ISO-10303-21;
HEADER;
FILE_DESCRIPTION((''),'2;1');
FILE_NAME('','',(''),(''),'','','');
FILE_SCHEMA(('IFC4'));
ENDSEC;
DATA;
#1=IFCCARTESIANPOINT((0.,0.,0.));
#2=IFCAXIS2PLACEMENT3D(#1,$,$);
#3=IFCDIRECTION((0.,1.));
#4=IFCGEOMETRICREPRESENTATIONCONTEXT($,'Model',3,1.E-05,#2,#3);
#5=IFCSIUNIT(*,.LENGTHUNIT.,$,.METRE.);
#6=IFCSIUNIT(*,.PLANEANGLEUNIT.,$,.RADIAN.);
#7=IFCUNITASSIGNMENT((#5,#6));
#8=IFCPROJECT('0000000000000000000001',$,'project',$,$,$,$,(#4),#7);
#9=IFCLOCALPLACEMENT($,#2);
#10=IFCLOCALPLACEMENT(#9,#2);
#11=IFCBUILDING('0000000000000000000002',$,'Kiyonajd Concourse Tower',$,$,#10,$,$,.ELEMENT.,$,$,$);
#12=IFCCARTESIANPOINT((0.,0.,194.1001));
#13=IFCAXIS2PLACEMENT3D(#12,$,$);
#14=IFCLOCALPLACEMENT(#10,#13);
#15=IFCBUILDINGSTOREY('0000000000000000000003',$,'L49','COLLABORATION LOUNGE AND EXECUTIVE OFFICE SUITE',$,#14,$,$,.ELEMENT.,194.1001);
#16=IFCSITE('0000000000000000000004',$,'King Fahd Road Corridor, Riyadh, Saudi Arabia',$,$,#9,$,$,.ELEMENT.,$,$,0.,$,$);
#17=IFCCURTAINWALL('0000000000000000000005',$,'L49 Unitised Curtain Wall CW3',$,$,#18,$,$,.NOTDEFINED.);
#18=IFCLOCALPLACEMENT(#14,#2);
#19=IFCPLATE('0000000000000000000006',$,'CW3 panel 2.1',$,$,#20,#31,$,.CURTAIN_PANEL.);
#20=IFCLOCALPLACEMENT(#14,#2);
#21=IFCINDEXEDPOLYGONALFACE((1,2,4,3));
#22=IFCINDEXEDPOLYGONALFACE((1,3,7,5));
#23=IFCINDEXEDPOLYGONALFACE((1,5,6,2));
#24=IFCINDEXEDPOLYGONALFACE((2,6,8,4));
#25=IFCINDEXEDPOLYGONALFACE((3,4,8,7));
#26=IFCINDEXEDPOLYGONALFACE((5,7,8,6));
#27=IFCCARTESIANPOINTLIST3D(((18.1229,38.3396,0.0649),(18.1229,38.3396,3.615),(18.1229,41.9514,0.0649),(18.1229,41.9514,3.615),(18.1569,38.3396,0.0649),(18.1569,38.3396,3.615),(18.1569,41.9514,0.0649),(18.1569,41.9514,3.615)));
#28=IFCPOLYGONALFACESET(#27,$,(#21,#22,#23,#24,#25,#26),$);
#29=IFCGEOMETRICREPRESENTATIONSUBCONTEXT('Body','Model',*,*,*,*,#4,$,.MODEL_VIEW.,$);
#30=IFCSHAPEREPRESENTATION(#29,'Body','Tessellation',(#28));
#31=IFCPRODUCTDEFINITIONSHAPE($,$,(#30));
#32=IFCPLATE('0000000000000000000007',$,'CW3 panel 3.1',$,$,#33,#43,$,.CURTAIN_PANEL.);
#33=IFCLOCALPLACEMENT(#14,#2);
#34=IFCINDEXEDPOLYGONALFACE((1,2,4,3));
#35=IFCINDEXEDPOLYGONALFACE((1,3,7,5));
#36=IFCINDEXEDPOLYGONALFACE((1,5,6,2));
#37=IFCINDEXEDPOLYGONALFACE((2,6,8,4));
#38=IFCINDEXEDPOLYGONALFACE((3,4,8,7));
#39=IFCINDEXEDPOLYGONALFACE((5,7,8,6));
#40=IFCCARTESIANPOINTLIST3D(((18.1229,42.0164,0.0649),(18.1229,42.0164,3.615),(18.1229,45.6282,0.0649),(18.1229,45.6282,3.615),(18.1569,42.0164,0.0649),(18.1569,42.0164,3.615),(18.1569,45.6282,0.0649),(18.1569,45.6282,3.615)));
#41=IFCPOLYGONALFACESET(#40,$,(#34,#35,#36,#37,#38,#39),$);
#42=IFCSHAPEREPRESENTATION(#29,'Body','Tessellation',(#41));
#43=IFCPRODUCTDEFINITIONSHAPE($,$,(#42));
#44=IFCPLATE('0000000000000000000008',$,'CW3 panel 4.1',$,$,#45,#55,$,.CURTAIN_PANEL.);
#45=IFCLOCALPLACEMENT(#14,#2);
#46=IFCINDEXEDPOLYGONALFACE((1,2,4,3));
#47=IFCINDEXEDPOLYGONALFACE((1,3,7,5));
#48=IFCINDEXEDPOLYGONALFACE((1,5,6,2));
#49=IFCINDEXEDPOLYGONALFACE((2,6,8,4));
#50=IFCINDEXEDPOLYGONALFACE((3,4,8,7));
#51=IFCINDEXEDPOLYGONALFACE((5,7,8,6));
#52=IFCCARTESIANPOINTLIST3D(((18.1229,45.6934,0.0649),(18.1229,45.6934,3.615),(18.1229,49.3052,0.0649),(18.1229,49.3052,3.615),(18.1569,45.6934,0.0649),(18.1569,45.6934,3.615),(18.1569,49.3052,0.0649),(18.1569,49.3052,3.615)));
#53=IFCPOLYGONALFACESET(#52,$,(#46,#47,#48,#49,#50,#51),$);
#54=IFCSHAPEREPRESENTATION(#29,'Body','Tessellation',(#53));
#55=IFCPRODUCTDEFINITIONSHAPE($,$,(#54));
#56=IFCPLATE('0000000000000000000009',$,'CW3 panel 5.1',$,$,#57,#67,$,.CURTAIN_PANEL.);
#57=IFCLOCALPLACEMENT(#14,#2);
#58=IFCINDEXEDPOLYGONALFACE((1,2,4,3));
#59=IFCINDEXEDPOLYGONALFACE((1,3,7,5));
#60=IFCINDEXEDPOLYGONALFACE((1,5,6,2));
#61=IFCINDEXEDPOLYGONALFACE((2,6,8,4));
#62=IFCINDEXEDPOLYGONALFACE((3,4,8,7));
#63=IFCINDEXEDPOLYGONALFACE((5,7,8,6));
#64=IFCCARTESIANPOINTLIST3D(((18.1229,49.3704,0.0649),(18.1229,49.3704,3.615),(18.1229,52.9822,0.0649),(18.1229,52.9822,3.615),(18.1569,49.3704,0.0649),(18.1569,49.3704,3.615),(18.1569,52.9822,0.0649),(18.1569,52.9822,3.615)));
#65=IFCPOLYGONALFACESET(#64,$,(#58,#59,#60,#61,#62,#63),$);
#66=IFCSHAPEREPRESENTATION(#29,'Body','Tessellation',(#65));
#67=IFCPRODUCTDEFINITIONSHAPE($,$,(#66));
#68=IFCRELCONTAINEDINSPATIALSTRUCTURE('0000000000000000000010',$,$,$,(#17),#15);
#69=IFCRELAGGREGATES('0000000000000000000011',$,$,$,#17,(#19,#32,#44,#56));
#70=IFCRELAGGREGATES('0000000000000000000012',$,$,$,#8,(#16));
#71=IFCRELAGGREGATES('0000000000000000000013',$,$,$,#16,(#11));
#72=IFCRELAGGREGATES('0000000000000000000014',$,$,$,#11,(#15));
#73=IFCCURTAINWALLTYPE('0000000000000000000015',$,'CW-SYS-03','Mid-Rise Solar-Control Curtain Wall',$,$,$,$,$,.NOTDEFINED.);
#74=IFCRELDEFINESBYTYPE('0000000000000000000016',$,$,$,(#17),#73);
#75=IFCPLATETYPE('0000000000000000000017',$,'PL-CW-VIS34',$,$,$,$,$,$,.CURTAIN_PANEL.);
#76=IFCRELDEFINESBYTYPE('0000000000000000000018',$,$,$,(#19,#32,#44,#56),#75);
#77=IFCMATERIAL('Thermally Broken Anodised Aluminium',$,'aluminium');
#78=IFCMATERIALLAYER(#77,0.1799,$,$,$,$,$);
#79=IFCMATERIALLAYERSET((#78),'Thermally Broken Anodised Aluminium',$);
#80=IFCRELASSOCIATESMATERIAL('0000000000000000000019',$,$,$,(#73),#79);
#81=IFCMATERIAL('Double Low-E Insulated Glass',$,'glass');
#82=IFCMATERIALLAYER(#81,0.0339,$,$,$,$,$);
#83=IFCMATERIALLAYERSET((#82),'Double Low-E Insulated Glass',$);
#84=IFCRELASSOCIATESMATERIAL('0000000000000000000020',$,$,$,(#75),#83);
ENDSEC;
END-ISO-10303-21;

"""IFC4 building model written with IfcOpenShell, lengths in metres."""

from ifc_helpers import new_model, si_unit, direction, frame, origin, origin_2d, place, context, subcontext, project, spatial, rectangle, extrude, material, layer, layer_set, type_object, element, aggregate, save


model = new_model("IFC4")

# Units and contexts
model_context = context("Model", 3, precision=1e-05, world=origin(), true_north=direction((0.0, 1.0)))
body_context = subcontext(model_context, "Body", "Model", "MODEL_VIEW")
ifc_project = project(units=[si_unit("LENGTHUNIT", "METRE"), si_unit("PLANEANGLEUNIT", "RADIAN")], contexts=[model_context])

# Site, building, storey
site_placement = place(None, origin())
site = spatial("IfcSite", under=ifc_project, at=site_placement, Name="King Fahd Road Corridor, Riyadh, Saudi Arabia", CompositionType="ELEMENT", RefElevation=0.0)
building_placement = place(site_placement, origin())
building = spatial("IfcBuilding", under=site, at=building_placement, Name="Kiyonajd Concourse Tower", CompositionType="ELEMENT")
storey_placement = place(building_placement, frame((0.0, 0.0, 194.1001)))
storey = spatial("IfcBuildingStorey", under=building, at=storey_placement, Name="L49", Description="COLLABORATION LOUNGE AND EXECUTIVE OFFICE SUITE", CompositionType="ELEMENT", Elevation=194.1001)

# Curtain wall, plates
ifc_material_1 = material(Name="Thermally Broken Anodised Aluminium", Category="aluminium")
ifc_layer_1 = layer(ifc_material_1, 0.1799)
ifc_layer_set_1 = layer_set([ifc_layer_1], Name="Thermally Broken Anodised Aluminium")
curtain_wall_type = type_object("IfcCurtainWallType", Name="CW-SYS-03", Description="Mid-Rise Solar-Control Curtain Wall", PredefinedType="NOTDEFINED", material=ifc_layer_set_1)
curtain_wall_placement = place(storey_placement, origin())
curtain_wall = element("IfcCurtainWall", 1, at=curtain_wall_placement, inside=storey, type_object=curtain_wall_type, Name="L49 Unitised Curtain Wall CW3", PredefinedType="NOTDEFINED")
ifc_material_2 = material(Name="Double Low-E Insulated Glass", Category="glass")
ifc_layer_2 = layer(ifc_material_2, 0.0339)
ifc_layer_set_2 = layer_set([ifc_layer_2], Name="Double Low-E Insulated Glass")
plate_type = type_object("IfcPlateType", Name="PL-CW-VIS34", PredefinedType="CURTAIN_PANEL", material=ifc_layer_set_2)
plate_1_placement = place(storey_placement, frame((18.1399, 40.1455, 0.0649), z_axis=(0.0, 0.0, 1.0), x_axis=(0.0, 1.0, 0.0)))
plate_1 = element("IfcPlate", 2, at=plate_1_placement, type_object=plate_type, Name="CW3 panel 2.1", PredefinedType="CURTAIN_PANEL", context=body_context, shape_type="SweptSolid", body=[
    extrude(rectangle(XDim=3.6118, YDim=0.0339, at=origin_2d()), origin(), (0.0, 0.0, 1.0), 3.55),
])
plate_2_placement = place(storey_placement, frame((18.1399, 43.8223, 0.0649), z_axis=(0.0, 0.0, 1.0), x_axis=(0.0, 1.0, 0.0)))
plate_2 = element("IfcPlate", 3, at=plate_2_placement, type_object=plate_type, Name="CW3 panel 3.1", PredefinedType="CURTAIN_PANEL", context=body_context, shape_type="SweptSolid", body=[
    extrude(rectangle(XDim=3.6118, YDim=0.0339, at=origin_2d()), origin(), (0.0, 0.0, 1.0), 3.55),
])
plate_3_placement = place(storey_placement, frame((18.1399, 47.4993, 0.0649), z_axis=(0.0, 0.0, 1.0), x_axis=(0.0, 1.0, 0.0)))
plate_3 = element("IfcPlate", 4, at=plate_3_placement, type_object=plate_type, Name="CW3 panel 4.1", PredefinedType="CURTAIN_PANEL", context=body_context, shape_type="SweptSolid", body=[
    extrude(rectangle(XDim=3.6118, YDim=0.0339, at=origin_2d()), origin(), (0.0, 0.0, 1.0), 3.55),
])
plate_4_placement = place(storey_placement, frame((18.1399, 51.1763, 0.0649), z_axis=(0.0, 0.0, 1.0), x_axis=(0.0, 1.0, 0.0)))
plate_4 = element("IfcPlate", 5, at=plate_4_placement, type_object=plate_type, Name="CW3 panel 5.1", PredefinedType="CURTAIN_PANEL", context=body_context, shape_type="SweptSolid", body=[
    extrude(rectangle(XDim=3.6118, YDim=0.0339, at=origin_2d()), origin(), (0.0, 0.0, 1.0), 3.55),
])
aggregate(curtain_wall, [plate_1, plate_2, plate_3, plate_4])

save(model, "model.ifc")
